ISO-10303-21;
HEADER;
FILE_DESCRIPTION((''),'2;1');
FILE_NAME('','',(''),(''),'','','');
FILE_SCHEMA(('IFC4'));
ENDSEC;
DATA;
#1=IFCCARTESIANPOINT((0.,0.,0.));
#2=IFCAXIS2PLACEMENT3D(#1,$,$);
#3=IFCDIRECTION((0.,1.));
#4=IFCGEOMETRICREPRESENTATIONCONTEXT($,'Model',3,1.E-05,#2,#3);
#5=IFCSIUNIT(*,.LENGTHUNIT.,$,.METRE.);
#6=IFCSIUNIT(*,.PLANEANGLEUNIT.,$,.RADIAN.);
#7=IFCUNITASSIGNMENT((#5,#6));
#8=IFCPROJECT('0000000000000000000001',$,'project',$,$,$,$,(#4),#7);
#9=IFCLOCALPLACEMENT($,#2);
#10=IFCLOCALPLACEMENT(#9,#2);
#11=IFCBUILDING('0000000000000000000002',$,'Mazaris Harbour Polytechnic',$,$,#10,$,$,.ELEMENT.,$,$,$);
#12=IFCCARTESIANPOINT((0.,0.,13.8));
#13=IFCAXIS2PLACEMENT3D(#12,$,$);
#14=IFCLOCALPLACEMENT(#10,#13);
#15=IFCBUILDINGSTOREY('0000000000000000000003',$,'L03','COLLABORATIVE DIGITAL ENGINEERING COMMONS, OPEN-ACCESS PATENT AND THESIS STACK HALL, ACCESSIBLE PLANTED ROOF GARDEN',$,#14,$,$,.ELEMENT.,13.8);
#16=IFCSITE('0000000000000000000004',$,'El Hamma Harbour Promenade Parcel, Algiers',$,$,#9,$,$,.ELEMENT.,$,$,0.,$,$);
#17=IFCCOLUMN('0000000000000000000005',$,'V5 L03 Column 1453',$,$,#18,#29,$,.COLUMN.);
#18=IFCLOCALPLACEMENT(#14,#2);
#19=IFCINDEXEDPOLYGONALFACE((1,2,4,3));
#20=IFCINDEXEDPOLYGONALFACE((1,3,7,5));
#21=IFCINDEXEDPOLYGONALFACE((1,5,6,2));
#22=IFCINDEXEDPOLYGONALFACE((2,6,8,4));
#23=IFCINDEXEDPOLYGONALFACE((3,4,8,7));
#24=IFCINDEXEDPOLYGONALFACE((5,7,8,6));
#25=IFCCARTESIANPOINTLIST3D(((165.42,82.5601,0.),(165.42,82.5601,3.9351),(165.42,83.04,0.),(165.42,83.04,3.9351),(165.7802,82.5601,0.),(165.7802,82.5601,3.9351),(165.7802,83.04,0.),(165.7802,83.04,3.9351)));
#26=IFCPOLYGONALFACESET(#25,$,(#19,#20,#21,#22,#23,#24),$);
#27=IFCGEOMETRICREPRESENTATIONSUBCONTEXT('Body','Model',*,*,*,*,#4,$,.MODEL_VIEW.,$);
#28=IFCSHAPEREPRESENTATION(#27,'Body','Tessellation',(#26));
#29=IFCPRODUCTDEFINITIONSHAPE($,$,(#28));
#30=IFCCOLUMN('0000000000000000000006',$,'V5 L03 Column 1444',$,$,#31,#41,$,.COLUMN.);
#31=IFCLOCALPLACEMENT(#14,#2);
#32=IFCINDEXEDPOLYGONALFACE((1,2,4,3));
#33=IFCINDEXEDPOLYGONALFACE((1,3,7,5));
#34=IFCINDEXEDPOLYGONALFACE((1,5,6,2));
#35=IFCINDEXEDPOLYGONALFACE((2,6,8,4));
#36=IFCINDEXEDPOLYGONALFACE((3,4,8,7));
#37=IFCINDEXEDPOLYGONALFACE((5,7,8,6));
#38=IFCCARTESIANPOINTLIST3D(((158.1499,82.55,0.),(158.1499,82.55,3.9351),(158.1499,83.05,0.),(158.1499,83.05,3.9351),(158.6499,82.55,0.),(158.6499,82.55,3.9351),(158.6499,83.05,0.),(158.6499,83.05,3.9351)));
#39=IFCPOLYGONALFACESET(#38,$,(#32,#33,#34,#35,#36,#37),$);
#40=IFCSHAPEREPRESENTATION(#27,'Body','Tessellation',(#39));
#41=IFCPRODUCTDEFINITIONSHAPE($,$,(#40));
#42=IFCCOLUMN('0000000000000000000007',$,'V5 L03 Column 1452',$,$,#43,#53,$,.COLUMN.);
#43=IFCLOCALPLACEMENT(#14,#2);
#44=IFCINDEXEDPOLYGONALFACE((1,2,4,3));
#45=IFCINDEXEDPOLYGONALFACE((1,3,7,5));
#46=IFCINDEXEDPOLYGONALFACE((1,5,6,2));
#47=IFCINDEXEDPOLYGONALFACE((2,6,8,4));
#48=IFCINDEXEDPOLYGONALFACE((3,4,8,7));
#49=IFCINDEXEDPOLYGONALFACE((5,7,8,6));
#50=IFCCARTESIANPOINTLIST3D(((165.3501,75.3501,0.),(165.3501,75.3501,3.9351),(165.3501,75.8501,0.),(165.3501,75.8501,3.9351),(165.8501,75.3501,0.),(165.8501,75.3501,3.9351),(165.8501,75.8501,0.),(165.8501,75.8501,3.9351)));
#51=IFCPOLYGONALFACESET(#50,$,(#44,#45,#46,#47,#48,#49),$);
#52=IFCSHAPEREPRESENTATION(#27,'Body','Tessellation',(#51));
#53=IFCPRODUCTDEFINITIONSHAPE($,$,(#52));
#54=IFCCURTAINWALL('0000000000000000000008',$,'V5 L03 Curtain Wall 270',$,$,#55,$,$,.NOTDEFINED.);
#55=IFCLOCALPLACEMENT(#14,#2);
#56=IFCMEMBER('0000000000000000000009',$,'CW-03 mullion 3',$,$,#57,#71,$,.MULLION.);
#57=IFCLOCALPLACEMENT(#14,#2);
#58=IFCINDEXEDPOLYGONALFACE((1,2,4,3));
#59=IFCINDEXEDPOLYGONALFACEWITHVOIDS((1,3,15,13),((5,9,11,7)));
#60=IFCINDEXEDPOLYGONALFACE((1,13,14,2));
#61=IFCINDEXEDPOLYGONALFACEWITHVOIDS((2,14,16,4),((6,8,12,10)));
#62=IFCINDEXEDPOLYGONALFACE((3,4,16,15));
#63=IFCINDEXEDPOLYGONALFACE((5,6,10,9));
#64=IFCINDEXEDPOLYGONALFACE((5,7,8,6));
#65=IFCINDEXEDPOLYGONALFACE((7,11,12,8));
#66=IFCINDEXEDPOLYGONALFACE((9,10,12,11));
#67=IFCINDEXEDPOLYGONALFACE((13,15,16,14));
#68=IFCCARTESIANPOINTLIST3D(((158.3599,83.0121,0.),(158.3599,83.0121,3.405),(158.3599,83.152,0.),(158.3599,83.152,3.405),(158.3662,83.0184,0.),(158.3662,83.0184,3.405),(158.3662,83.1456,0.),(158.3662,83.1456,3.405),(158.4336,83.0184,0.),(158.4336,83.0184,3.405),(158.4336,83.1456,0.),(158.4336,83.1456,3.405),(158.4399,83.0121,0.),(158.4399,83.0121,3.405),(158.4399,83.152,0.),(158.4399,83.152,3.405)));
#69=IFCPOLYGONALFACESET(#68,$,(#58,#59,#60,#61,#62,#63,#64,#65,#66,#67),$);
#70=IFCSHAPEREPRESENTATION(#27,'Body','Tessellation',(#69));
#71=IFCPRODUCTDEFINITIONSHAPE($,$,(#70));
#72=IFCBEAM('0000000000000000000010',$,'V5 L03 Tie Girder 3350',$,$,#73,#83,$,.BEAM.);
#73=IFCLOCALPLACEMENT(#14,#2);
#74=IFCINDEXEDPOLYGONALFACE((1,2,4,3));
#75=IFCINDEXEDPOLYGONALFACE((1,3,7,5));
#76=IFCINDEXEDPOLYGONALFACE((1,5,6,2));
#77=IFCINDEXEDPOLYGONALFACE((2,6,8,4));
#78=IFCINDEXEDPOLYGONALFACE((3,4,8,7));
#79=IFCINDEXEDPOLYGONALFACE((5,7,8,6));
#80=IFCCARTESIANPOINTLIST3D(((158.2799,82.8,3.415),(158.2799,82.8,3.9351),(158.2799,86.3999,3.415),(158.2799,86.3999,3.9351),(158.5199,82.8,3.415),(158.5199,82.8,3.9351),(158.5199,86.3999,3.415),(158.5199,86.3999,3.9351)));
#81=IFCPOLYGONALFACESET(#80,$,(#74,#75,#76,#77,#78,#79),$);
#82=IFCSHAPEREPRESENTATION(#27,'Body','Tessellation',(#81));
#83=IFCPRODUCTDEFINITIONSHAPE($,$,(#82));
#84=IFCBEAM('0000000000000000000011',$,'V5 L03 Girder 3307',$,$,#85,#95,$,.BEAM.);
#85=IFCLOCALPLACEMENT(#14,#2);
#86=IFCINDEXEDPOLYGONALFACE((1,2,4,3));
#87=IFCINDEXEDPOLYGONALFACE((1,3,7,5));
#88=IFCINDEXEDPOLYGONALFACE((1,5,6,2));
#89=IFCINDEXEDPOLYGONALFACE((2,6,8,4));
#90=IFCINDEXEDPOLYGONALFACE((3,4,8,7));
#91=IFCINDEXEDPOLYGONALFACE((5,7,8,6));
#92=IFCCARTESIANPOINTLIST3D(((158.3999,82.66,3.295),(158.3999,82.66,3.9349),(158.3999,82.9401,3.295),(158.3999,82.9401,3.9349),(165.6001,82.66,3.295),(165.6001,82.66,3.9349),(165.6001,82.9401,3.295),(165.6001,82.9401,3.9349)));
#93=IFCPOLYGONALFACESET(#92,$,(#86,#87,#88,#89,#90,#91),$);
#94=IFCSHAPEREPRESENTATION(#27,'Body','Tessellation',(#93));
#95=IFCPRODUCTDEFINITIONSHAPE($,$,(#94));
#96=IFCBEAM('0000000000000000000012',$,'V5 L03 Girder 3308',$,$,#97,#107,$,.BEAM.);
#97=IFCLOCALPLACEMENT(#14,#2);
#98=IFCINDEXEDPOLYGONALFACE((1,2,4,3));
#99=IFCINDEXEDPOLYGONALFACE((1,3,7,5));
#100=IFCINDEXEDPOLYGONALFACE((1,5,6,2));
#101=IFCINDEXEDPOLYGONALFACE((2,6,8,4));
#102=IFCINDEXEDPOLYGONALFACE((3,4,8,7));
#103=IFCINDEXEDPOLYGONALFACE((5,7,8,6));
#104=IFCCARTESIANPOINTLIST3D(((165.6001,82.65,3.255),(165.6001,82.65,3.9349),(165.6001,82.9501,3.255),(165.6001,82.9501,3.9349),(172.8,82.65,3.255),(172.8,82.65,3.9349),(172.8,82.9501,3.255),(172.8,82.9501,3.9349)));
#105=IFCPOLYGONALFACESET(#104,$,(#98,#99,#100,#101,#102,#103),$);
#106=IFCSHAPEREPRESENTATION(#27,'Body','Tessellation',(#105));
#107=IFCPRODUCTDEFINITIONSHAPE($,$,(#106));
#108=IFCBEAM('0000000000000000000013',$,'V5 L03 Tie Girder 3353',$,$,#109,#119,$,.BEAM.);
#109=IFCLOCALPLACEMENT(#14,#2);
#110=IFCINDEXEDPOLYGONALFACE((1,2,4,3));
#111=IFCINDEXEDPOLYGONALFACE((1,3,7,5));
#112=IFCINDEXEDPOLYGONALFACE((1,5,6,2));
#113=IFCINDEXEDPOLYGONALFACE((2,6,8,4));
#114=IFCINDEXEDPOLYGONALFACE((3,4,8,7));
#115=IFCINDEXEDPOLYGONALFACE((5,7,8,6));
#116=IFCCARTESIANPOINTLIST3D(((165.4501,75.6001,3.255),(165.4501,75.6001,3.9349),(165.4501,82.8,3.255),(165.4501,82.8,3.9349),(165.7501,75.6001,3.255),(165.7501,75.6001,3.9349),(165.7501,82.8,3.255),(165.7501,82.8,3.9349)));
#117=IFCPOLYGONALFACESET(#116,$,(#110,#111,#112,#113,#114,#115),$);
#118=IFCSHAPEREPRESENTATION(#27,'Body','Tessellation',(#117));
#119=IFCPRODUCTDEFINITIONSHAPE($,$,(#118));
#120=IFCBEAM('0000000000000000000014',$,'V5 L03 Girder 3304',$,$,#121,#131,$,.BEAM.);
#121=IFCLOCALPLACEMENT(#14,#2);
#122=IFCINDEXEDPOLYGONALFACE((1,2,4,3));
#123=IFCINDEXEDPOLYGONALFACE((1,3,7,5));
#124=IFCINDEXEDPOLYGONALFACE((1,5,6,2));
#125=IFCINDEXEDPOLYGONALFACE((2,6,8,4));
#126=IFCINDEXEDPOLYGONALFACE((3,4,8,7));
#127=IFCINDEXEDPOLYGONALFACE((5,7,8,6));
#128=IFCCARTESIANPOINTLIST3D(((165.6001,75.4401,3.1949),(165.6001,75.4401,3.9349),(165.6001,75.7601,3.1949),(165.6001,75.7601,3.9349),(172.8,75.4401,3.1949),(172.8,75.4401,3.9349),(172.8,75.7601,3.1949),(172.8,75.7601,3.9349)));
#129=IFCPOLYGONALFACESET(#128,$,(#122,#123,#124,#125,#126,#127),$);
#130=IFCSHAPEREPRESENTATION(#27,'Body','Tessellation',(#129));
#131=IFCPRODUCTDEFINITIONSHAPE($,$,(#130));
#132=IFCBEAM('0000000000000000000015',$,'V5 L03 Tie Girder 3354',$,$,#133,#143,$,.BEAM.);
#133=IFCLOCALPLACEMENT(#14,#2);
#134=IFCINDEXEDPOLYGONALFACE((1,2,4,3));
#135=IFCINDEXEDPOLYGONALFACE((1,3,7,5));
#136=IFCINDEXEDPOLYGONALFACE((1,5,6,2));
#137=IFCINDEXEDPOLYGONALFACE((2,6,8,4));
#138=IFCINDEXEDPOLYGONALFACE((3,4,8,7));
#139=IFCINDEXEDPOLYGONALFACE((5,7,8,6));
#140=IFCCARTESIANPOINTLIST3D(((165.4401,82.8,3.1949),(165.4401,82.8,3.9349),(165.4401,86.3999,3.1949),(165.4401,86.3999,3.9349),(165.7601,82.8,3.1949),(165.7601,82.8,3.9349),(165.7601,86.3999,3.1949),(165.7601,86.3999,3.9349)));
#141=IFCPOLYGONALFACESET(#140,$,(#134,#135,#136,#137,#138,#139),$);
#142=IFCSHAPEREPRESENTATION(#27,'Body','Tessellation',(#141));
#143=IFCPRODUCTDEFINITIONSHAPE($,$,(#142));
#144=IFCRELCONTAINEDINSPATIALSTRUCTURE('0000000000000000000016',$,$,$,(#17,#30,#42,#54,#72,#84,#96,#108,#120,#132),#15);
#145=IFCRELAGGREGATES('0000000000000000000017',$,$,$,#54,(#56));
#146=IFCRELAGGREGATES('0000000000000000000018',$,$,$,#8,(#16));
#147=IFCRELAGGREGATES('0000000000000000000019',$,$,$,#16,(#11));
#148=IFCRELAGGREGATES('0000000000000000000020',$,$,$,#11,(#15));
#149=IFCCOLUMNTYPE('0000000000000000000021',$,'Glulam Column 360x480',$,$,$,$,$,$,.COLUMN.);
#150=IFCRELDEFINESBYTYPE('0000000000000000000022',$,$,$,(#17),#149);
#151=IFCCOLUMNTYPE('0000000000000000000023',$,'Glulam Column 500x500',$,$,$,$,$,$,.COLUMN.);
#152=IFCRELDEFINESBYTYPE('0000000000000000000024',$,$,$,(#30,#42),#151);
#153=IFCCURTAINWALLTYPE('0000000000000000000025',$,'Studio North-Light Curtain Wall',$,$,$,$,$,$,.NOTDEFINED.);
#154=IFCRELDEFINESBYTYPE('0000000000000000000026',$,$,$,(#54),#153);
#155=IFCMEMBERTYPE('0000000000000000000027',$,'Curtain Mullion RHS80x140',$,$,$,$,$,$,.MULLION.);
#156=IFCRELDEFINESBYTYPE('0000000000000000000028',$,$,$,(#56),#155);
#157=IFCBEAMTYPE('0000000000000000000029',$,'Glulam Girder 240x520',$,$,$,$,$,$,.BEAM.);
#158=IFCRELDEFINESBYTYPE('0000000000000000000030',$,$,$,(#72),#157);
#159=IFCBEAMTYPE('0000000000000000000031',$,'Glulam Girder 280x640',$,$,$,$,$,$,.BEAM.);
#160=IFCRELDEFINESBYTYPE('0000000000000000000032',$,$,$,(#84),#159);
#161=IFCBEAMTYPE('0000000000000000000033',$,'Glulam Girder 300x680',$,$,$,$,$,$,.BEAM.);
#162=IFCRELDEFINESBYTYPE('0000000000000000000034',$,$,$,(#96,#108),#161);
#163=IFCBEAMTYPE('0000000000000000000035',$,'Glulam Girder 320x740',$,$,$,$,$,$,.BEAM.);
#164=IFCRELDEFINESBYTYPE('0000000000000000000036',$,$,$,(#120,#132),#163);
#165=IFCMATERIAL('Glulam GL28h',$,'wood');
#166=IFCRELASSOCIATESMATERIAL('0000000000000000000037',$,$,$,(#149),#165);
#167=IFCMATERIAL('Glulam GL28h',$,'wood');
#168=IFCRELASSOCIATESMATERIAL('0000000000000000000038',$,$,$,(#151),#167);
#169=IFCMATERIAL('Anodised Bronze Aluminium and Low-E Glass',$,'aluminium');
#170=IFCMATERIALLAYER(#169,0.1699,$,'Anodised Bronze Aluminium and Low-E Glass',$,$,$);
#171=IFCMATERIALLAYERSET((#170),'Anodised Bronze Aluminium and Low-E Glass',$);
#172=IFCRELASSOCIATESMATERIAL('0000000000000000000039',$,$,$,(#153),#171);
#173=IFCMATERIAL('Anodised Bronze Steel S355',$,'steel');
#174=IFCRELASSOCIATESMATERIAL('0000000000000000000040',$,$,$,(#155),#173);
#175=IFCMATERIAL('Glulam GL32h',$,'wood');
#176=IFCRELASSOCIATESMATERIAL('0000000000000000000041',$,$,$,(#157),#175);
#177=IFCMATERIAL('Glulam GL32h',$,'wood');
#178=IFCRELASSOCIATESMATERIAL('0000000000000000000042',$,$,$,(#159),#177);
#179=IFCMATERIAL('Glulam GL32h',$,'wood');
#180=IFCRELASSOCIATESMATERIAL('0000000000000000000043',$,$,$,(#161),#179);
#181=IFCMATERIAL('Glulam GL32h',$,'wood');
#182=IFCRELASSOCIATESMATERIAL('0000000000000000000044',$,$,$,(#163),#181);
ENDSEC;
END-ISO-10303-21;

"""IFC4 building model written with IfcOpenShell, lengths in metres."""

from ifc_helpers import new_model, si_unit, direction, frame, origin, origin_2d, place, context, subcontext, project, spatial, rectangle, hollow_rectangle, extrude, material, layer, layer_set, material_profile, profile_set, type_object, element, aggregate, save


model = new_model("IFC4")

# Units and contexts
model_context = context("Model", 3, precision=1e-05, world=origin(), true_north=direction((0.0, 1.0)))
body_context = subcontext(model_context, "Body", "Model", "MODEL_VIEW")
ifc_project = project(units=[si_unit("LENGTHUNIT", "METRE"), si_unit("PLANEANGLEUNIT", "RADIAN")], contexts=[model_context])

# Site, building, storey
site_placement = place(None, origin())
site = spatial("IfcSite", under=ifc_project, at=site_placement, Name="El Hamma Harbour Promenade Parcel, Algiers", CompositionType="ELEMENT", RefElevation=0.0)
building_placement = place(site_placement, origin())
building = spatial("IfcBuilding", under=site, at=building_placement, Name="Mazaris Harbour Polytechnic", CompositionType="ELEMENT")
storey_placement = place(building_placement, frame((0.0, 0.0, 13.8)))
storey = spatial("IfcBuildingStorey", under=building, at=storey_placement, Name="L03", Description="COLLABORATIVE DIGITAL ENGINEERING COMMONS, OPEN-ACCESS PATENT AND THESIS STACK HALL, ACCESSIBLE PLANTED ROOF GARDEN", CompositionType="ELEMENT", Elevation=13.8)

# Columns
ifc_material_1 = material(Name="Glulam GL28h", Category="wood")
ifc_material_profile_1 = material_profile(ifc_material_1, rectangle(XDim=0.3601, YDim=0.48, at=origin_2d()), Name="RECT360x480")
ifc_profile_set_1 = profile_set([ifc_material_profile_1], Name="Glulam GL28h")
column_type_1 = type_object("IfcColumnType", Name="Glulam Column 360x480", PredefinedType="COLUMN", material=ifc_profile_set_1)
column_placement = place(storey_placement, frame((165.6001, 82.8, 0.0), z_axis=(0.0, 0.0, 1.0), x_axis=(1.0, 0.0, 0.0)))
element("IfcColumn", 1, at=column_placement, inside=storey, type_object=column_type_1, Name="V5 L03 Column 1453", PredefinedType="COLUMN", context=body_context, shape_type="SweptSolid", body=[
    extrude(rectangle(XDim=0.3601, YDim=0.48, at=origin_2d()), origin(), (0.0, 0.0, 1.0), 3.9351),
])
ifc_material_2 = material(Name="Glulam GL28h", Category="wood")
ifc_material_profile_2 = material_profile(ifc_material_2, rectangle(XDim=0.5, YDim=0.5, at=origin_2d()), Name="RECT500x500")
ifc_profile_set_2 = profile_set([ifc_material_profile_2], Name="Glulam GL28h")
column_type_2 = type_object("IfcColumnType", Name="Glulam Column 500x500", PredefinedType="COLUMN", material=ifc_profile_set_2)
for number, where, z_axis, x_axis, name in (
    (2, (158.3999, 82.8, 0.0), (0.0, 0.0, 1.0), (1.0, 0.0, 0.0), "V5 L03 Column 1444"),
    (3, (165.6001, 75.6001, 0.0), (0.0, 0.0, 1.0), (1.0, 0.0, 0.0), "V5 L03 Column 1452"),
):
    element("IfcColumn", number, at=place(storey_placement, frame(where, z_axis=z_axis, x_axis=x_axis)), inside=storey, type_object=column_type_2, Name=name, PredefinedType="COLUMN", context=body_context, shape_type="SweptSolid", body=[
        extrude(rectangle(XDim=0.5, YDim=0.5, at=origin_2d()), origin(), (0.0, 0.0, 1.0), 3.9351),
    ])

# Curtain wall, member
ifc_material_3 = material(Name="Anodised Bronze Aluminium and Low-E Glass", Category="aluminium")
ifc_layer_1 = layer(ifc_material_3, 0.1699, Name="Anodised Bronze Aluminium and Low-E Glass")
ifc_layer_set_1 = layer_set([ifc_layer_1], Name="Anodised Bronze Aluminium and Low-E Glass")
curtain_wall_type = type_object("IfcCurtainWallType", Name="Studio North-Light Curtain Wall", PredefinedType="NOTDEFINED", material=ifc_layer_set_1)
curtain_wall_placement = place(storey_placement, origin())
curtain_wall = element("IfcCurtainWall", 4, at=curtain_wall_placement, inside=storey, type_object=curtain_wall_type, Name="V5 L03 Curtain Wall 270", PredefinedType="NOTDEFINED")
ifc_material_4 = material(Name="Anodised Bronze Steel S355", Category="steel")
ifc_material_profile_3 = material_profile(ifc_material_4, hollow_rectangle(XDim=0.0801, YDim=0.1399, WallThickness=0.0063, at=origin_2d()), Name="RHS 80x140x6.3")
ifc_profile_set_3 = profile_set([ifc_material_profile_3], Name="Anodised Bronze Steel S355")
member_type = type_object("IfcMemberType", Name="Curtain Mullion RHS80x140", PredefinedType="MULLION", material=ifc_profile_set_3)
member_placement = place(storey_placement, frame((158.3999, 83.082, 0.0), z_axis=(0.0, 0.0, 1.0), x_axis=(1.0, 0.0, 0.0)))
member = element("IfcMember", 5, at=member_placement, type_object=member_type, Name="CW-03 mullion 3", PredefinedType="MULLION", context=body_context, shape_type="SweptSolid", body=[
    extrude(hollow_rectangle(XDim=0.0801, YDim=0.1399, WallThickness=0.0063, at=origin_2d()), origin(), (0.0, 0.0, 1.0), 3.405),
])

# Beams
ifc_material_5 = material(Name="Glulam GL32h", Category="wood")
ifc_material_profile_4 = material_profile(ifc_material_5, rectangle(XDim=0.24, YDim=0.52, at=origin_2d()), Name="RECT240x520")
ifc_profile_set_4 = profile_set([ifc_material_profile_4], Name="Glulam GL32h")
beam_type_1 = type_object("IfcBeamType", Name="Glulam Girder 240x520", PredefinedType="BEAM", material=ifc_profile_set_4)
beam_1_placement = place(storey_placement, frame((158.3999, 82.8, 3.675), z_axis=(0.0, 1.0, 0.0), x_axis=(-1.0, 0.0, 0.0)))
element("IfcBeam", 6, at=beam_1_placement, inside=storey, type_object=beam_type_1, Name="V5 L03 Tie Girder 3350", PredefinedType="BEAM", context=body_context, shape_type="SweptSolid", body=[
    extrude(rectangle(XDim=0.24, YDim=0.52, at=origin_2d()), origin(), (0.0, 0.0, 1.0), 3.5999),
])
ifc_material_6 = material(Name="Glulam GL32h", Category="wood")
ifc_material_profile_5 = material_profile(ifc_material_6, rectangle(XDim=0.28, YDim=0.6399, at=origin_2d()), Name="RECT280x640")
ifc_profile_set_5 = profile_set([ifc_material_profile_5], Name="Glulam GL32h")
beam_type_2 = type_object("IfcBeamType", Name="Glulam Girder 280x640", PredefinedType="BEAM", material=ifc_profile_set_5)
beam_2_placement = place(storey_placement, frame((158.3999, 82.8, 3.615), z_axis=(1.0, 0.0, 0.0), x_axis=(0.0, 1.0, 0.0)))
element("IfcBeam", 7, at=beam_2_placement, inside=storey, type_object=beam_type_2, Name="V5 L03 Girder 3307", PredefinedType="BEAM", context=body_context, shape_type="SweptSolid", body=[
    extrude(rectangle(XDim=0.28, YDim=0.6399, at=origin_2d()), origin(), (0.0, 0.0, 1.0), 7.2002),
])
ifc_material_7 = material(Name="Glulam GL32h", Category="wood")
ifc_material_profile_6 = material_profile(ifc_material_7, rectangle(XDim=0.3, YDim=0.6799, at=origin_2d()), Name="RECT300x680")
ifc_profile_set_6 = profile_set([ifc_material_profile_6], Name="Glulam GL32h")
beam_type_3 = type_object("IfcBeamType", Name="Glulam Girder 300x680", PredefinedType="BEAM", material=ifc_profile_set_6)
for number, where, z_axis, x_axis, name in (
    (8, (165.6001, 82.8, 3.595), (1.0, 0.0, 0.0), (0.0, 1.0, 0.0), "V5 L03 Girder 3308"),
    (9, (165.6001, 75.6001, 3.595), (0.0, 1.0, 0.0), (-1.0, 0.0, 0.0), "V5 L03 Tie Girder 3353"),
):
    element("IfcBeam", number, at=place(storey_placement, frame(where, z_axis=z_axis, x_axis=x_axis)), inside=storey, type_object=beam_type_3, Name=name, PredefinedType="BEAM", context=body_context, shape_type="SweptSolid", body=[
        extrude(rectangle(XDim=0.3, YDim=0.6799, at=origin_2d()), origin(), (0.0, 0.0, 1.0), 7.2),
    ])
ifc_material_8 = material(Name="Glulam GL32h", Category="wood")
ifc_material_profile_7 = material_profile(ifc_material_8, rectangle(XDim=0.3201, YDim=0.74, at=origin_2d()), Name="RECT320x740")
ifc_profile_set_7 = profile_set([ifc_material_profile_7], Name="Glulam GL32h")
beam_type_4 = type_object("IfcBeamType", Name="Glulam Girder 320x740", PredefinedType="BEAM", material=ifc_profile_set_7)
beam_3_placement = place(storey_placement, frame((165.6001, 75.6001, 3.5649), z_axis=(1.0, 0.0, 0.0), x_axis=(0.0, 1.0, 0.0)))
element("IfcBeam", 10, at=beam_3_placement, inside=storey, type_object=beam_type_4, Name="V5 L03 Girder 3304", PredefinedType="BEAM", context=body_context, shape_type="SweptSolid", body=[
    extrude(rectangle(XDim=0.3201, YDim=0.74, at=origin_2d()), origin(), (0.0, 0.0, 1.0), 7.2),
])
beam_4_placement = place(storey_placement, frame((165.6001, 82.8, 3.5649), z_axis=(0.0, 1.0, 0.0), x_axis=(-1.0, 0.0, 0.0)))
element("IfcBeam", 11, at=beam_4_placement, inside=storey, type_object=beam_type_4, Name="V5 L03 Tie Girder 3354", PredefinedType="BEAM", context=body_context, shape_type="SweptSolid", body=[
    extrude(rectangle(XDim=0.3201, YDim=0.74, at=origin_2d()), origin(), (0.0, 0.0, 1.0), 3.5999),
])

aggregate(curtain_wall, [member])

save(model, "model.ifc")
